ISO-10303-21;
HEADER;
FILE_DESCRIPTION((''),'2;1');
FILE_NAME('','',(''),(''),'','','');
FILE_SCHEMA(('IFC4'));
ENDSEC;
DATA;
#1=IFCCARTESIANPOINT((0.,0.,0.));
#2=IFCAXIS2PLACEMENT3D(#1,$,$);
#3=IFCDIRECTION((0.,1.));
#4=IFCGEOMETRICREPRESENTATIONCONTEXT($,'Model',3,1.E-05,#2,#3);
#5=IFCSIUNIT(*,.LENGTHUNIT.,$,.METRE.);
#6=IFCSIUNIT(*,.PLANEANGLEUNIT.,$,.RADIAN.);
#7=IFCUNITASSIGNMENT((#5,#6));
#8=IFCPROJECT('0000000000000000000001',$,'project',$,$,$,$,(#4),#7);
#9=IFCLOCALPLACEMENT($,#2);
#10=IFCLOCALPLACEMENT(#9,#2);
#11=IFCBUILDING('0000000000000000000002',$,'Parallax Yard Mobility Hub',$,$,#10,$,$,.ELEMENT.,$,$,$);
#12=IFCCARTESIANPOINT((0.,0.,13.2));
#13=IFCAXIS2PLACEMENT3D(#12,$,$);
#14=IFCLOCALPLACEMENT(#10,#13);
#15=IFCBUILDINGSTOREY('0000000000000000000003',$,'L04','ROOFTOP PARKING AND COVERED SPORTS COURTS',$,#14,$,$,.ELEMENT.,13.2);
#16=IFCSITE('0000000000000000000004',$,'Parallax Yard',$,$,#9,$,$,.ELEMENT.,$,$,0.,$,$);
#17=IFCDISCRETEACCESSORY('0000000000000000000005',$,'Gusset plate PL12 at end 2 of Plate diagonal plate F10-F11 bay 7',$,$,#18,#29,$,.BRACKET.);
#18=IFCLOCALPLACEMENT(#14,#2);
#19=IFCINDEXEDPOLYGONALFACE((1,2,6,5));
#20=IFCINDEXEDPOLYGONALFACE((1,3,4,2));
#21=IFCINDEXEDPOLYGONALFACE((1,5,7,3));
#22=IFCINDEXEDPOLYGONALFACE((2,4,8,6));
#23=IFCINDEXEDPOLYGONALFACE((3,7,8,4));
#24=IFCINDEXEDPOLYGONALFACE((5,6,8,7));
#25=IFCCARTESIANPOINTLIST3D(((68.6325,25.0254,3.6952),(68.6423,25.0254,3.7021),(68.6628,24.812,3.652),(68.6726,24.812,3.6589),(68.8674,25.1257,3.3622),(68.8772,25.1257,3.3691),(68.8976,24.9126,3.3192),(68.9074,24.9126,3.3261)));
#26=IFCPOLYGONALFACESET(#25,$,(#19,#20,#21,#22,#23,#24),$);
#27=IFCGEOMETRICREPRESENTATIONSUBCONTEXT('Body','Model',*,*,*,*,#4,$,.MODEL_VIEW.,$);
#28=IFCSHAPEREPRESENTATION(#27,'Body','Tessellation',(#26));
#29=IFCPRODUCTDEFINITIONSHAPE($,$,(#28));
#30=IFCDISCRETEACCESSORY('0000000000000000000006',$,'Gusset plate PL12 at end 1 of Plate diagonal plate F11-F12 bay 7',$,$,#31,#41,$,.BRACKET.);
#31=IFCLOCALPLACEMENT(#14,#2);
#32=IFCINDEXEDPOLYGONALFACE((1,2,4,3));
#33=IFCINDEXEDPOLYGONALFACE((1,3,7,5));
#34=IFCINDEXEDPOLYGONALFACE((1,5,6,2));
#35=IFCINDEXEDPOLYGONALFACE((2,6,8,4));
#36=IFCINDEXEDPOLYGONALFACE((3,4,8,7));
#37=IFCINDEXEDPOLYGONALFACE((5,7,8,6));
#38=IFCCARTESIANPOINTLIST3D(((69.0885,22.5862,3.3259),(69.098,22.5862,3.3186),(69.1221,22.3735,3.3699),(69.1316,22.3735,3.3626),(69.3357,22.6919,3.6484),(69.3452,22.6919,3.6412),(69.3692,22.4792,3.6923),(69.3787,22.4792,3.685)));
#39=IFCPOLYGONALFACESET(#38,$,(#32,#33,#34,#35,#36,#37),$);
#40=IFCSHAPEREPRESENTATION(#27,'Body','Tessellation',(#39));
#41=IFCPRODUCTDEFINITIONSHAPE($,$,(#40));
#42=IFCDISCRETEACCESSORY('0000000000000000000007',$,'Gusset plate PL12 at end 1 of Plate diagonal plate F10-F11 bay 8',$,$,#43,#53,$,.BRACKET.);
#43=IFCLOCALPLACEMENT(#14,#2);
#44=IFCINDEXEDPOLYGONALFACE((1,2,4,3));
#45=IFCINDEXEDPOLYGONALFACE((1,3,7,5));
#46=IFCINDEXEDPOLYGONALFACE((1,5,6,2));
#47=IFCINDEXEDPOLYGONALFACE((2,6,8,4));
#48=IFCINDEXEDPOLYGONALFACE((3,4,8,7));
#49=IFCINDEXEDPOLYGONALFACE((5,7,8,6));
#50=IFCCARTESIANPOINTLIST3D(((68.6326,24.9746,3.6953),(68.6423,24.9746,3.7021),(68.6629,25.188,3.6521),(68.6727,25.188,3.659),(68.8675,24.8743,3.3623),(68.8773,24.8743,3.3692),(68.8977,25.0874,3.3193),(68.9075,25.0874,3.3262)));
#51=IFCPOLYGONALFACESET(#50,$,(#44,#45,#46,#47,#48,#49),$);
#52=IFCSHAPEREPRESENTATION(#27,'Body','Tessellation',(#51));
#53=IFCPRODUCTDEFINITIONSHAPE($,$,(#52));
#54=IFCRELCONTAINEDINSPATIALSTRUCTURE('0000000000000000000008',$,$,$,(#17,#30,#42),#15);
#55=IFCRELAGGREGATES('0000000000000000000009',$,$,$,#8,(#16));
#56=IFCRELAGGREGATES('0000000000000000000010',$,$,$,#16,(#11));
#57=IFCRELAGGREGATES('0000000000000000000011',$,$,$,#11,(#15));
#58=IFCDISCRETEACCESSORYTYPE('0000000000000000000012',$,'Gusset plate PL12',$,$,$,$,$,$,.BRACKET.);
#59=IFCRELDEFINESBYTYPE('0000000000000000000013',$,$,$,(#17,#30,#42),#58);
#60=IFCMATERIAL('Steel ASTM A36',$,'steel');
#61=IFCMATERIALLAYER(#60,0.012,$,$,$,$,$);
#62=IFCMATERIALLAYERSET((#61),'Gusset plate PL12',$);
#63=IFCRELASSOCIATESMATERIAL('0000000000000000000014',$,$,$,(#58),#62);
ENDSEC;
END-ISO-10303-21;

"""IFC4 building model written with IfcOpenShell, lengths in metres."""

from ifc_helpers import new_model, si_unit, direction, frame, origin, place, context, subcontext, project, spatial, polyline, outline, extrude, material, layer, layer_set, type_object, element, save


model = new_model("IFC4")

# Units and contexts
model_context = context("Model", 3, precision=1e-05, world=origin(), true_north=direction((0.0, 1.0)))
body_context = subcontext(model_context, "Body", "Model", "MODEL_VIEW")
ifc_project = project(units=[si_unit("LENGTHUNIT", "METRE"), si_unit("PLANEANGLEUNIT", "RADIAN")], contexts=[model_context])

# Site, building, storey
site_placement = place(None, origin())
site = spatial("IfcSite", under=ifc_project, at=site_placement, Name="Parallax Yard", CompositionType="ELEMENT", RefElevation=0.0)
building_placement = place(site_placement, origin())
building = spatial("IfcBuilding", under=site, at=building_placement, Name="Parallax Yard Mobility Hub", CompositionType="ELEMENT")
storey_placement = place(building_placement, frame((0.0, 0.0, 13.2)))
storey = spatial("IfcBuildingStorey", under=building, at=storey_placement, Name="L04", Description="ROOFTOP PARKING AND COVERED SPORTS COURTS", CompositionType="ELEMENT", Elevation=13.2)

# Discrete accessories
ifc_material_1 = material(Name="Steel ASTM A36", Category="steel")
ifc_layer = layer(ifc_material_1, 0.012)
ifc_layer_set = layer_set([ifc_layer], Name="Gusset plate PL12")
discrete_accessory_type = type_object("IfcDiscreteAccessoryType", Name="Gusset plate PL12", PredefinedType="BRACKET", material=ifc_layer_set)
discrete_accessory_1_placement = place(storey_placement, frame((68.6726, 24.812, 3.6589), z_axis=(0.817167, -0.000465, 0.576401), x_axis=(0.559681, 0.239756, -0.793268)))
element("IfcDiscreteAccessory", 1, at=discrete_accessory_1_placement, inside=storey, type_object=discrete_accessory_type, Name="Gusset plate PL12 at end 2 of Plate diagonal plate F10-F11 bay 7", PredefinedType="BRACKET", context=body_context, shape_type="SweptSolid", body=[
    extrude(outline(polyline([(0.0, 0.0), (0.4195, 0.0), (0.4196, 0.2195), (-0.0001, 0.2198), (0.0, 0.0)])), origin(), (0.0, 0.0, -1.0), 0.012),
])
discrete_accessory_2_placement = place(storey_placement, frame((69.3357, 22.6919, 3.6484), z_axis=(-0.793746, 0.000396, 0.608249), x_axis=(-0.588741, -0.251732, -0.768125)))
element("IfcDiscreteAccessory", 2, at=discrete_accessory_2_placement, inside=storey, type_object=discrete_accessory_type, Name="Gusset plate PL12 at end 1 of Plate diagonal plate F11-F12 bay 7", PredefinedType="BRACKET", context=body_context, shape_type="SweptSolid", body=[
    extrude(outline(polyline([(0.0, 0.0), (0.4199, 0.0), (0.4199, 0.2197), (0.0001, 0.2197), (0.0, 0.0)])), origin(), (0.0, 0.0, -1.0), 0.012),
])
discrete_accessory_3_placement = place(storey_placement, frame((68.6423, 24.9746, 3.7021), z_axis=(0.817167, 0.000465, 0.576401), x_axis=(0.559774, -0.239096, -0.793401)))
element("IfcDiscreteAccessory", 3, at=discrete_accessory_3_placement, inside=storey, type_object=discrete_accessory_type, Name="Gusset plate PL12 at end 1 of Plate diagonal plate F10-F11 bay 8", PredefinedType="BRACKET", context=body_context, shape_type="SweptSolid", body=[
    extrude(outline(polyline([(0.0, 0.0), (0.4197, 0.0), (0.4197, 0.2195), (0.0002, 0.2198), (0.0, 0.0)])), origin(), (0.0, 0.0, -1.0), 0.012),
])

save(model, "model.ifc")
